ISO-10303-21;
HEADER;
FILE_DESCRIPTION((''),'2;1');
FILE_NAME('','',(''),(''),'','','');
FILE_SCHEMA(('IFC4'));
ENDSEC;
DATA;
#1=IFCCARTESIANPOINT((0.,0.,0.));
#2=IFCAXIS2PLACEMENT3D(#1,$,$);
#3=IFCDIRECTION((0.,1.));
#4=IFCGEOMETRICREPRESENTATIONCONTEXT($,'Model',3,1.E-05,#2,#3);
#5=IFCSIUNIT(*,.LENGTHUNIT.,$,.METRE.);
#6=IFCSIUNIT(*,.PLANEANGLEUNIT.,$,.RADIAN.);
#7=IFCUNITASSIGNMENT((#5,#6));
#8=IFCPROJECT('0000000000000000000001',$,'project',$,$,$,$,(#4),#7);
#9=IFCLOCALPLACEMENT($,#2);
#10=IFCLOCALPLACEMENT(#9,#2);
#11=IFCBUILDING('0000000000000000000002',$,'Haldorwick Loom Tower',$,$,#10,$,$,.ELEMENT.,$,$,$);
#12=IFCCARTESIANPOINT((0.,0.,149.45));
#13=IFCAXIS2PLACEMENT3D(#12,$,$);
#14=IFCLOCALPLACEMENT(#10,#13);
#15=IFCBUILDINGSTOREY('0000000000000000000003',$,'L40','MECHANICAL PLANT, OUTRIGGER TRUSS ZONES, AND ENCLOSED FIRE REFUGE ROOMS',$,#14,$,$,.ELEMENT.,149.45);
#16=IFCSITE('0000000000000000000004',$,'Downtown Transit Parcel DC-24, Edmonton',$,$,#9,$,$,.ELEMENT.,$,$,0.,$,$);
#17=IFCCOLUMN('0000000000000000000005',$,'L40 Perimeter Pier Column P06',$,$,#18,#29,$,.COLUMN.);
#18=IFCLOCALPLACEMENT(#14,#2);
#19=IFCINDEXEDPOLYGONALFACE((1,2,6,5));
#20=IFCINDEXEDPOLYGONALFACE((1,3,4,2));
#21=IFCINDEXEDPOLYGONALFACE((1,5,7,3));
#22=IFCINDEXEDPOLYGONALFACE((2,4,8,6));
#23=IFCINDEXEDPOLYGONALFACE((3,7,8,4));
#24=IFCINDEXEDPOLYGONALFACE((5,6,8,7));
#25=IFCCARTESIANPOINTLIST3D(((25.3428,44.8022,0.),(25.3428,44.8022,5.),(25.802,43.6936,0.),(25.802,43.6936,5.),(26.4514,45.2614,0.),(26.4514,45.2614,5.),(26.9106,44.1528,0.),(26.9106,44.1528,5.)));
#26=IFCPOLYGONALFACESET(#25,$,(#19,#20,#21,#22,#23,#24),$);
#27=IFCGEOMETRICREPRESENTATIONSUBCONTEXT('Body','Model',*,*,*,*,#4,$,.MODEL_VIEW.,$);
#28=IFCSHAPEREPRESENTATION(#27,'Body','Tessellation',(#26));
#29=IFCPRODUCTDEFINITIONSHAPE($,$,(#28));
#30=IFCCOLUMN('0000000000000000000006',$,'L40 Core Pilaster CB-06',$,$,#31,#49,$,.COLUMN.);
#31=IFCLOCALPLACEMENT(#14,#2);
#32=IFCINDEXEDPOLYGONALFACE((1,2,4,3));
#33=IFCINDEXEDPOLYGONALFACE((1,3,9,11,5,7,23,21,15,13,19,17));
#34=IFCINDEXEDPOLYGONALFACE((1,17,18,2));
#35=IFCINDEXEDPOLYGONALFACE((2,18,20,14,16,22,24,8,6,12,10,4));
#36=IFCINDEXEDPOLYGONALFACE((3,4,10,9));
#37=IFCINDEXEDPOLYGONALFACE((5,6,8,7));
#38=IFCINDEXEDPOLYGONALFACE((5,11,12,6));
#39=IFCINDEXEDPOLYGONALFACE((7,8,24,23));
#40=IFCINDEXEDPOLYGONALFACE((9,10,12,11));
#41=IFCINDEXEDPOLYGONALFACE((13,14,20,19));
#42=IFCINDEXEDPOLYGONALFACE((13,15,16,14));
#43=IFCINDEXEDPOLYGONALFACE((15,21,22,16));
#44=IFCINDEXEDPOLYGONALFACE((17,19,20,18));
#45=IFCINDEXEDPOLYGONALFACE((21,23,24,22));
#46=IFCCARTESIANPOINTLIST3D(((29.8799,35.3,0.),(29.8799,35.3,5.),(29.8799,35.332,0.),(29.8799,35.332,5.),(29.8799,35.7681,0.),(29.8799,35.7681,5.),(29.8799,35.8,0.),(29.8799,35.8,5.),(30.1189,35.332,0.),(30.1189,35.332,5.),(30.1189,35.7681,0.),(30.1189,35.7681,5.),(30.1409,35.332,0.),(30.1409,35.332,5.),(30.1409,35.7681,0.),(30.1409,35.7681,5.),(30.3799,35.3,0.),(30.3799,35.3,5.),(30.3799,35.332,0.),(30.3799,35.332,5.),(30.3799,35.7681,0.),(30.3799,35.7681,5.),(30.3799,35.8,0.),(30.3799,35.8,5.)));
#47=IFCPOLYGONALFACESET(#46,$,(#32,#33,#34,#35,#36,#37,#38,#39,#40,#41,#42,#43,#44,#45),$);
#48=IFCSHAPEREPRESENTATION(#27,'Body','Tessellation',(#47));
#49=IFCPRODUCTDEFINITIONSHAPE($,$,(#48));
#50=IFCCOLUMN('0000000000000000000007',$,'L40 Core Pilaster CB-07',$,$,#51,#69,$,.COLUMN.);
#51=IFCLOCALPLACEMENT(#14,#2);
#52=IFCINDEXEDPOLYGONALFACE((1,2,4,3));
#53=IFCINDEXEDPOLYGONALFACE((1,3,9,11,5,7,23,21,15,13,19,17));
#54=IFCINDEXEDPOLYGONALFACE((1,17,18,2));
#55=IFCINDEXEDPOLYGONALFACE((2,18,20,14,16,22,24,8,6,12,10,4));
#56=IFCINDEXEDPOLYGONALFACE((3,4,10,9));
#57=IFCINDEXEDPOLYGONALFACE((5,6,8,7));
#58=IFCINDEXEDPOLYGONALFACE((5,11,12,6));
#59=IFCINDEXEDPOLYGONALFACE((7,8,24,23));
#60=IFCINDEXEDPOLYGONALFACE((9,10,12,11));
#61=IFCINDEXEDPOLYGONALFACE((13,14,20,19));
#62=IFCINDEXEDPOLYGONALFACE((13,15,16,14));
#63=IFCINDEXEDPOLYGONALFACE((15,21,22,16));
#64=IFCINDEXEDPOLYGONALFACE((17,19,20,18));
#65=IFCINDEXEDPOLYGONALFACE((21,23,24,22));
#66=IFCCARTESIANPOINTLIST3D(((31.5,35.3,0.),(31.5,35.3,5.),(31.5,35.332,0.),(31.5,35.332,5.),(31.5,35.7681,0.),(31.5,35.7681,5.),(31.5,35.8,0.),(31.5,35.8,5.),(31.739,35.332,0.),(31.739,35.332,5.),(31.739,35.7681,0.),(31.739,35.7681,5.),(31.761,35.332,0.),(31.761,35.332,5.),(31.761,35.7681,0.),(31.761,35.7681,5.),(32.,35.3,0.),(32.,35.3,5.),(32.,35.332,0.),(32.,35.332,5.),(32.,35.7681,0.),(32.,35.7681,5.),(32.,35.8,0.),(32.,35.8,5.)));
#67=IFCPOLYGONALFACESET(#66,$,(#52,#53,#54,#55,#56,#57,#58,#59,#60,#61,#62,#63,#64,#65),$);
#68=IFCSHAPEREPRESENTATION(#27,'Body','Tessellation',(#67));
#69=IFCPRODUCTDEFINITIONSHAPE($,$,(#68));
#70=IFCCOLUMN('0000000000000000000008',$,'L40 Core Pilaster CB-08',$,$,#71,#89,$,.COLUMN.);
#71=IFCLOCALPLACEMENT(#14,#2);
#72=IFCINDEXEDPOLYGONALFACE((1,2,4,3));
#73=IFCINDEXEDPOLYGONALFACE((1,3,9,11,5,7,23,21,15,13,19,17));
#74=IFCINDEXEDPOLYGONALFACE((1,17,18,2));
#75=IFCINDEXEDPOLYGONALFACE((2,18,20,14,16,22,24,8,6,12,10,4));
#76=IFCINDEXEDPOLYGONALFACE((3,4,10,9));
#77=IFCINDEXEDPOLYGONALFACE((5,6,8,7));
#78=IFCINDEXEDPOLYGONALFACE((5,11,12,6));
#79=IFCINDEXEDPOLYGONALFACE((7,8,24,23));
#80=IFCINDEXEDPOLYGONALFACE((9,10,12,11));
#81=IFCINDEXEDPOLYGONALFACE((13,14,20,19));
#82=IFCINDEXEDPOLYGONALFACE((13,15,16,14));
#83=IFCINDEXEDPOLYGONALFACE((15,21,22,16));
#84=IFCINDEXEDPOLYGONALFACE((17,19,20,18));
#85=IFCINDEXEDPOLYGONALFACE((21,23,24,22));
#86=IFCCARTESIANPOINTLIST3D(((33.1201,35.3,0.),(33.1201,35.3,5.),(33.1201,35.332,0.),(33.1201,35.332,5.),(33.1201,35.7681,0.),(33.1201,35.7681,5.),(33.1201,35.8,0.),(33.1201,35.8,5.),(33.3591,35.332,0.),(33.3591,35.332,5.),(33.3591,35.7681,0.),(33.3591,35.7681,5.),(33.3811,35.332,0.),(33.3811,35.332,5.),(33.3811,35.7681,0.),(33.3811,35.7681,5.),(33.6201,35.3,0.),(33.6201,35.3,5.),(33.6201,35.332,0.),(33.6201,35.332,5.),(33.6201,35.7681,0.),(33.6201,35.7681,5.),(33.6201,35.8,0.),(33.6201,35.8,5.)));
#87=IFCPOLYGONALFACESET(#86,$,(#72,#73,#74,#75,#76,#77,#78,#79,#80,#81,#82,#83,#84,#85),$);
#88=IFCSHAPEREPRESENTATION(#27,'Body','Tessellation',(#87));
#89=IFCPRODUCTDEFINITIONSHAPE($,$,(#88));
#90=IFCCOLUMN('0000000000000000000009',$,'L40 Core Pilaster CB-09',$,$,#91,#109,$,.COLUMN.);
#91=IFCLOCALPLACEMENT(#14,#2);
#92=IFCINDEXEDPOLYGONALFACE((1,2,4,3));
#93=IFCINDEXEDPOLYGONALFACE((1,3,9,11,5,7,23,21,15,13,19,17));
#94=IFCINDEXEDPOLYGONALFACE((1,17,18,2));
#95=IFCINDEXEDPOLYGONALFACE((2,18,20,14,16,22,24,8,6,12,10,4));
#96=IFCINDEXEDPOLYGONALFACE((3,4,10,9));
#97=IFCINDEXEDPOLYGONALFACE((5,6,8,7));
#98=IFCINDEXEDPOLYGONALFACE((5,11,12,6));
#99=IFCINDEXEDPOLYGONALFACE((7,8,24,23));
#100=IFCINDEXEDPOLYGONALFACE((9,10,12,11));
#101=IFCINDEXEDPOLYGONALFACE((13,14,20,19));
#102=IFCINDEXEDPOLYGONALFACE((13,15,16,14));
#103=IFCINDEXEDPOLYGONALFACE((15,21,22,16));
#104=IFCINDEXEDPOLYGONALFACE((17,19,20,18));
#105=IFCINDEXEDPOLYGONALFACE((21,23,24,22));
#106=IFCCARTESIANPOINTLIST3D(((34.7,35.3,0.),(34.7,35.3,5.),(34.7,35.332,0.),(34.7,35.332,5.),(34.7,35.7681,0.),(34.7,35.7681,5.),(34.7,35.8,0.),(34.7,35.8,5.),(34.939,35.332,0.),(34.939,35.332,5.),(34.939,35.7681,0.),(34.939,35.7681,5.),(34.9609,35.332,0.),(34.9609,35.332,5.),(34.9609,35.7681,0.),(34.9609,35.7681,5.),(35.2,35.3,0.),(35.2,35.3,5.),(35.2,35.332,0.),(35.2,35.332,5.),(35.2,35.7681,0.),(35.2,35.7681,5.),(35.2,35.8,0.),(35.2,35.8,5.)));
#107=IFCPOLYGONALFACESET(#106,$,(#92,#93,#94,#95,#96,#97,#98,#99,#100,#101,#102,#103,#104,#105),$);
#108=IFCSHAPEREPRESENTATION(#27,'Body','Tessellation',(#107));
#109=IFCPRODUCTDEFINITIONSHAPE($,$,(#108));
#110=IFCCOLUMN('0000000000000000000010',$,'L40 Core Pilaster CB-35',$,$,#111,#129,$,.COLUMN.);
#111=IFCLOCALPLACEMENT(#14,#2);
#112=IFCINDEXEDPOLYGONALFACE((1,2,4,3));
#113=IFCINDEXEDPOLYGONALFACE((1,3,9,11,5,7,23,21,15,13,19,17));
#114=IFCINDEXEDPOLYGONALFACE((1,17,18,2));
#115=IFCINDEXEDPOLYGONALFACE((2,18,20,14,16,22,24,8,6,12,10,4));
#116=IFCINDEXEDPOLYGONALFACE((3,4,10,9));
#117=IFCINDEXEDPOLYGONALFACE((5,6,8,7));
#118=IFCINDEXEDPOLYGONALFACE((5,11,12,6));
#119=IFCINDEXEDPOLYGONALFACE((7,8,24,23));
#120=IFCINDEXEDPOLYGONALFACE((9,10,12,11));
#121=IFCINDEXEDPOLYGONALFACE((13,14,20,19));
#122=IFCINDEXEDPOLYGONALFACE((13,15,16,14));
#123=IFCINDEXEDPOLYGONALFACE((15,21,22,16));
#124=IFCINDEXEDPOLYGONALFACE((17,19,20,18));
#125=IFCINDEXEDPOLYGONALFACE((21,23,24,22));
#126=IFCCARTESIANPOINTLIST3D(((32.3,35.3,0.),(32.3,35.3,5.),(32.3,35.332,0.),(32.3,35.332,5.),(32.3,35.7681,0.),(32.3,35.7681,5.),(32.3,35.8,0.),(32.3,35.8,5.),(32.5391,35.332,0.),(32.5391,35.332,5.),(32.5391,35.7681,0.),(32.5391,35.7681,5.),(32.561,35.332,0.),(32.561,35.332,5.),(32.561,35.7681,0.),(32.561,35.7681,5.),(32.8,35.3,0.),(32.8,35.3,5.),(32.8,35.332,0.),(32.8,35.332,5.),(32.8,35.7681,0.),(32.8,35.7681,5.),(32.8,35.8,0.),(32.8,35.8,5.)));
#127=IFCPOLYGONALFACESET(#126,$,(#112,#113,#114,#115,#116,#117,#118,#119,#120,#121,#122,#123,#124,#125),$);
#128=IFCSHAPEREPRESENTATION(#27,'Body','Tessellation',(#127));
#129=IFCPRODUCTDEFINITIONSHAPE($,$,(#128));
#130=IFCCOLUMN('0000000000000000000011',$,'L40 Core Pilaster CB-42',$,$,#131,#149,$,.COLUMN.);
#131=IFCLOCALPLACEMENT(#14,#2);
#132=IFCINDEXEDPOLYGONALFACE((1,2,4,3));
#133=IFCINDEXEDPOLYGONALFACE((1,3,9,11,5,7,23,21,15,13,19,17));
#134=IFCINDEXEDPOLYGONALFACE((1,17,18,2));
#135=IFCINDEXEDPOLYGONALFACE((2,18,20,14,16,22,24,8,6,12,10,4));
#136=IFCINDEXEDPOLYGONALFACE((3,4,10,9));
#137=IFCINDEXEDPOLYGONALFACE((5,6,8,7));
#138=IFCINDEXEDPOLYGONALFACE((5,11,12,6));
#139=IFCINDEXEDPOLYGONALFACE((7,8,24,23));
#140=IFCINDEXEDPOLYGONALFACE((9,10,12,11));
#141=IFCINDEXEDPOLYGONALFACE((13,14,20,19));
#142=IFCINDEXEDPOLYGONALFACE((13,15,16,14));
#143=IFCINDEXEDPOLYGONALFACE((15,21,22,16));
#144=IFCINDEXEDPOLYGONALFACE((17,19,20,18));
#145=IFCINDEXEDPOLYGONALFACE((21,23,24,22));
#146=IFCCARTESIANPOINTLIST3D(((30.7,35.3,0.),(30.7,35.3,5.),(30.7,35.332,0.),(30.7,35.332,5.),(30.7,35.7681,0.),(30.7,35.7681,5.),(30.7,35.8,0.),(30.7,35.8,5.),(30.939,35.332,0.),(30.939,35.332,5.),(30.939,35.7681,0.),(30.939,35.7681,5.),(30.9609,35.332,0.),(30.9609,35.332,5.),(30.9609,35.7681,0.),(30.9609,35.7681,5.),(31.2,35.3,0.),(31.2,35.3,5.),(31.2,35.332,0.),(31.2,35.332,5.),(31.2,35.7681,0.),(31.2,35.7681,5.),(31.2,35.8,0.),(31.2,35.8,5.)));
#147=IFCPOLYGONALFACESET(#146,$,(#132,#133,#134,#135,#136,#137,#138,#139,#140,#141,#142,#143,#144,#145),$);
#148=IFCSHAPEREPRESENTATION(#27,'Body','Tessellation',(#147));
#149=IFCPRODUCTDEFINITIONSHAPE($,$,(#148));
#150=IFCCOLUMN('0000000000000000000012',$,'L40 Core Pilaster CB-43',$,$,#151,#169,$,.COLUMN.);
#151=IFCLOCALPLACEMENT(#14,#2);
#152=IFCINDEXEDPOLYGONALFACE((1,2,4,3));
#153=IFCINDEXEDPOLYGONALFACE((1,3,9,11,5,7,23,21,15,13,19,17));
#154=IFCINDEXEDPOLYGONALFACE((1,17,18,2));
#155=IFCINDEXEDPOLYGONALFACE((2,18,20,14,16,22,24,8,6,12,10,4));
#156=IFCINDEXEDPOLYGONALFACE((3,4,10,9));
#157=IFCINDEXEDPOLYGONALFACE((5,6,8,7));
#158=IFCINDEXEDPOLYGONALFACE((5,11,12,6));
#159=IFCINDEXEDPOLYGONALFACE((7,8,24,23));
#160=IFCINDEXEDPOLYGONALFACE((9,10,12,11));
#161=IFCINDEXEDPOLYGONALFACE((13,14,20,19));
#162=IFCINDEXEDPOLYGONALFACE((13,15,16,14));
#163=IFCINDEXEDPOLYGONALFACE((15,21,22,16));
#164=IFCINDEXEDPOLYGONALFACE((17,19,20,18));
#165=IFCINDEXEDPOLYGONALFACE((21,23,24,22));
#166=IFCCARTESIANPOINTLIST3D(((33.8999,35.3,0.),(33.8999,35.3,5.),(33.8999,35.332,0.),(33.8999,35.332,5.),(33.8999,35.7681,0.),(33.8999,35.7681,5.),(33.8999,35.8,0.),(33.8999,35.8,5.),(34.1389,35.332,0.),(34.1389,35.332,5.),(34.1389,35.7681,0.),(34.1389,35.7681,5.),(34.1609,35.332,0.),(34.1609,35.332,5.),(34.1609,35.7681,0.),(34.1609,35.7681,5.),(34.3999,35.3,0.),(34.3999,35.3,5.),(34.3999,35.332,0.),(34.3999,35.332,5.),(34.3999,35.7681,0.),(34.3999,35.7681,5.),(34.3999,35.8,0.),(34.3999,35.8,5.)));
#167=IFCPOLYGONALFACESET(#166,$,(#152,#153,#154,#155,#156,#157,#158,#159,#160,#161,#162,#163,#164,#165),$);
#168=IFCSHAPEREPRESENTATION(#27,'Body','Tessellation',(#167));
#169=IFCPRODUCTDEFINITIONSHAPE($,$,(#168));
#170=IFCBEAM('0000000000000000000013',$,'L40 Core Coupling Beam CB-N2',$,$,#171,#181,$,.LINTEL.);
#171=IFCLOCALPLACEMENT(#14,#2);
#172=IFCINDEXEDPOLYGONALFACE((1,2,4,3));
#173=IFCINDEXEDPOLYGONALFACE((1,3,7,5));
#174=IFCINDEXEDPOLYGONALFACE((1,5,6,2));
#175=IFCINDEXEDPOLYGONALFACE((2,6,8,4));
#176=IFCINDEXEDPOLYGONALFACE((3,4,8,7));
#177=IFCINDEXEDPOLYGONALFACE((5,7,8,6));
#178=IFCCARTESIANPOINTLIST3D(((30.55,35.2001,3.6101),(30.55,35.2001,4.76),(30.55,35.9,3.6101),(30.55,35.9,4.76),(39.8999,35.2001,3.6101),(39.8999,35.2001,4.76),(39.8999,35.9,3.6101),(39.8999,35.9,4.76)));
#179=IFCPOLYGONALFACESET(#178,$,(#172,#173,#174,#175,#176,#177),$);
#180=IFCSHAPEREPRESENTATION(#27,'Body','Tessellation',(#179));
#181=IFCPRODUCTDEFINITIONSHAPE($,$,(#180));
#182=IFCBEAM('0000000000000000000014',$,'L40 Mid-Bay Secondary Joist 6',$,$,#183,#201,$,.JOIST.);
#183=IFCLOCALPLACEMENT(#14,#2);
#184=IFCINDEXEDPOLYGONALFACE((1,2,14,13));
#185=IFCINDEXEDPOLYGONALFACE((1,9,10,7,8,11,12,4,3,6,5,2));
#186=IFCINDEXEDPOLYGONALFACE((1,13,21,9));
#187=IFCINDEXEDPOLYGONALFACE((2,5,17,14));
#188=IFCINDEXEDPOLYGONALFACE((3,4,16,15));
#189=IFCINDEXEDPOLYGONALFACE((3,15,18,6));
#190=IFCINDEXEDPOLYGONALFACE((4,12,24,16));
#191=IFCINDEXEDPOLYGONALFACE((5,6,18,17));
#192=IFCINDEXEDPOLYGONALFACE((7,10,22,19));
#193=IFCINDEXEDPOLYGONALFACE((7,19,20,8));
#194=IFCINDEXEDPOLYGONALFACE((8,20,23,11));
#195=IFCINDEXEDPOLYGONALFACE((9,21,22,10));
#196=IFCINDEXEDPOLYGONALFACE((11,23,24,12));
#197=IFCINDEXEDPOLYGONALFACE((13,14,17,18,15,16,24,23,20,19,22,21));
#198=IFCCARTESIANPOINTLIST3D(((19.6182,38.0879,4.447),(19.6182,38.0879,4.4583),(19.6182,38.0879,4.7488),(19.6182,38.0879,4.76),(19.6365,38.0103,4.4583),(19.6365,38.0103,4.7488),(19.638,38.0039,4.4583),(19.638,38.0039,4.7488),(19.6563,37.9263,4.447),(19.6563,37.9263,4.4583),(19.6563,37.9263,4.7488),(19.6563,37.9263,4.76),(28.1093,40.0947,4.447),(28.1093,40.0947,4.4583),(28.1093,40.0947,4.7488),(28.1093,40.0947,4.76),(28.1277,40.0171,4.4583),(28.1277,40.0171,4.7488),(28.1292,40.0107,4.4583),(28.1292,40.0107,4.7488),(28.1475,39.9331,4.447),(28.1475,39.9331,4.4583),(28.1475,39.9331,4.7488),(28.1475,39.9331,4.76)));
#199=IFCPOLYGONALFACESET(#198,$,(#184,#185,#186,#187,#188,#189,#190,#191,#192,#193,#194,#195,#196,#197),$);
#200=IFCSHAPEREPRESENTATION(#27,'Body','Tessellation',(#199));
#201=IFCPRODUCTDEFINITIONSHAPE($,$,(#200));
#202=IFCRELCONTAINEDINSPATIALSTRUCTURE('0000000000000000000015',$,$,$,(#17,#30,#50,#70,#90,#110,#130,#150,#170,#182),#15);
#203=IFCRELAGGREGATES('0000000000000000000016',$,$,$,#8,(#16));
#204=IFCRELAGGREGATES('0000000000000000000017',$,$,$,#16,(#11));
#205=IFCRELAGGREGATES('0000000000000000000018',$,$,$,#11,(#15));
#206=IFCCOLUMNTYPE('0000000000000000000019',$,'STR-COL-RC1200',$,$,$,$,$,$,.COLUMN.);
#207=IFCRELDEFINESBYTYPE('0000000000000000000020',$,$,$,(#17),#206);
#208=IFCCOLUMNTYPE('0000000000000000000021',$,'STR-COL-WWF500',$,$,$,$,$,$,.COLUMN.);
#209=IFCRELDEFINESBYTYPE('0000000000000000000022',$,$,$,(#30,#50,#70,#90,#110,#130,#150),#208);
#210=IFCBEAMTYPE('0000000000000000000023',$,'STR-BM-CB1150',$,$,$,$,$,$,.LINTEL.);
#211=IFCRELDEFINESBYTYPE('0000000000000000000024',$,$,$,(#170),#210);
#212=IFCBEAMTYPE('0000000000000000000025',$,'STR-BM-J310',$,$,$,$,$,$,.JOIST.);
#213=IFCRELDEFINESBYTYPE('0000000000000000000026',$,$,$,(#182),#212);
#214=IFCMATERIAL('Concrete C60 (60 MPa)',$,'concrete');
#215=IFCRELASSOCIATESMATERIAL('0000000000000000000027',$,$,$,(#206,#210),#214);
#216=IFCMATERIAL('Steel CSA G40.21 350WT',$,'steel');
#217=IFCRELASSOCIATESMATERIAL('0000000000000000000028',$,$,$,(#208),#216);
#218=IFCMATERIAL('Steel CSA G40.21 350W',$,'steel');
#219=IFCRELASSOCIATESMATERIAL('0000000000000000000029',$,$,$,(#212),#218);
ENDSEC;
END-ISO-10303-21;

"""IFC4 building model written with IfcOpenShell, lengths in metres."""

from ifc_helpers import new_model, si_unit, direction, frame, origin, origin_2d, place, context, subcontext, project, spatial, rectangle, i_section, extrude, material, material_profile, profile_set, type_object, element, save


model = new_model("IFC4")

# Units and contexts
model_context = context("Model", 3, precision=1e-05, world=origin(), true_north=direction((0.0, 1.0)))
body_context = subcontext(model_context, "Body", "Model", "MODEL_VIEW")
ifc_project = project(units=[si_unit("LENGTHUNIT", "METRE"), si_unit("PLANEANGLEUNIT", "RADIAN")], contexts=[model_context])

# Site, building, storey
site_placement = place(None, origin())
site = spatial("IfcSite", under=ifc_project, at=site_placement, Name="Downtown Transit Parcel DC-24, Edmonton", CompositionType="ELEMENT", RefElevation=0.0)
building_placement = place(site_placement, origin())
building = spatial("IfcBuilding", under=site, at=building_placement, Name="Haldorwick Loom Tower", CompositionType="ELEMENT")
storey_placement = place(building_placement, frame((0.0, 0.0, 149.45)))
storey = spatial("IfcBuildingStorey", under=building, at=storey_placement, Name="L40", Description="MECHANICAL PLANT, OUTRIGGER TRUSS ZONES, AND ENCLOSED FIRE REFUGE ROOMS", CompositionType="ELEMENT", Elevation=149.45)

# Columns
ifc_material_1 = material(Name="Concrete C60 (60 MPa)", Category="concrete")
ifc_material_profile_1 = material_profile(ifc_material_1, rectangle(XDim=1.2, YDim=1.2, at=origin_2d()), Name="RC1200X1200", Category="concrete")
ifc_profile_set_1 = profile_set([ifc_material_profile_1], Name="Concrete C60 (60 MPa)")
column_type_1 = type_object("IfcColumnType", Name="STR-COL-RC1200", PredefinedType="COLUMN", material=ifc_profile_set_1)
column_placement = place(storey_placement, frame((26.1267, 44.4775, 0.0), z_axis=(0.0, 0.0, 1.0), x_axis=(-0.382683, 0.92388, 0.0)))
element("IfcColumn", 1, at=column_placement, inside=storey, type_object=column_type_1, Name="L40 Perimeter Pier Column P06", PredefinedType="COLUMN", context=body_context, shape_type="SweptSolid", body=[
    extrude(rectangle(XDim=1.2, YDim=1.2, at=origin_2d()), origin(), (0.0, 0.0, 1.0), 5.0),
])
ifc_material_2 = material(Name="Steel CSA G40.21 350WT", Category="steel")
ifc_material_profile_2 = material_profile(ifc_material_2, i_section(OverallWidth=0.5, OverallDepth=0.5, WebThickness=0.022, FlangeThickness=0.032, at=origin_2d()), Name="WWF500X500", Category="steel")
ifc_profile_set_2 = profile_set([ifc_material_profile_2], Name="Steel CSA G40.21 350WT")
column_type_2 = type_object("IfcColumnType", Name="STR-COL-WWF500", PredefinedType="COLUMN", material=ifc_profile_set_2)
for number, where, z_axis, x_axis, name in (
    (2, (30.1299, 35.55, 0.0), (0.0, 0.0, 1.0), (1.0, 0.0, 0.0), "L40 Core Pilaster CB-06"),
    (3, (31.75, 35.55, 0.0), (0.0, 0.0, 1.0), (1.0, 0.0, 0.0), "L40 Core Pilaster CB-07"),
    (4, (33.3701, 35.55, 0.0), (0.0, 0.0, 1.0), (1.0, 0.0, 0.0), "L40 Core Pilaster CB-08"),
    (5, (34.95, 35.55, 0.0), (0.0, 0.0, 1.0), (1.0, 0.0, 0.0), "L40 Core Pilaster CB-09"),
    (6, (32.55, 35.55, 0.0), (0.0, 0.0, 1.0), (1.0, 0.0, 0.0), "L40 Core Pilaster CB-35"),
    (7, (30.95, 35.55, 0.0), (0.0, 0.0, 1.0), (1.0, 0.0, 0.0), "L40 Core Pilaster CB-42"),
    (8, (34.1499, 35.55, 0.0), (0.0, 0.0, 1.0), (1.0, 0.0, 0.0), "L40 Core Pilaster CB-43"),
):
    element("IfcColumn", number, at=place(storey_placement, frame(where, z_axis=z_axis, x_axis=x_axis)), inside=storey, type_object=column_type_2, Name=name, PredefinedType="COLUMN", context=body_context, shape_type="SweptSolid", body=[
        extrude(i_section(OverallWidth=0.5, OverallDepth=0.5, WebThickness=0.022, FlangeThickness=0.032, at=origin_2d()), origin(), (0.0, 0.0, 1.0), 5.0),
    ])

# Beams
ifc_material_profile_3 = material_profile(ifc_material_1, rectangle(XDim=0.7, YDim=1.1499, at=origin_2d()), Name="RC700X1150", Category="concrete")
ifc_profile_set_3 = profile_set([ifc_material_profile_3], Name="Concrete C60 (60 MPa)")
beam_type_1 = type_object("IfcBeamType", Name="STR-BM-CB1150", PredefinedType="LINTEL", material=ifc_profile_set_3)
beam_1_placement = place(storey_placement, frame((30.55, 35.55, 4.1851), z_axis=(1.0, 0.0, 0.0), x_axis=(0.0, 1.0, 0.0)))
element("IfcBeam", 9, at=beam_1_placement, inside=storey, type_object=beam_type_1, Name="L40 Core Coupling Beam CB-N2", PredefinedType="LINTEL", context=body_context, shape_type="SweptSolid", body=[
    extrude(rectangle(XDim=0.7, YDim=1.1499, at=origin_2d()), origin(), (0.0, 0.0, 1.0), 9.3499),
])
ifc_material_3 = material(Name="Steel CSA G40.21 350W", Category="steel")
ifc_material_profile_4 = material_profile(ifc_material_3, i_section(OverallWidth=0.166, OverallDepth=0.313, WebThickness=0.0066, FlangeThickness=0.0112, at=origin_2d()), Name="W310X45", Category="steel")
ifc_profile_set_4 = profile_set([ifc_material_profile_4], Name="Steel CSA G40.21 350W")
beam_type_2 = type_object("IfcBeamType", Name="STR-BM-J310", PredefinedType="JOIST", material=ifc_profile_set_4)
beam_2_placement = place(storey_placement, frame((28.1284, 40.0139, 4.6035), z_axis=(-0.973189, -0.230006, 0.0), x_axis=(0.230006, -0.973189, 0.0)))
element("IfcBeam", 10, at=beam_2_placement, inside=storey, type_object=beam_type_2, Name="L40 Mid-Bay Secondary Joist 6", PredefinedType="JOIST", context=body_context, shape_type="SweptSolid", body=[
    extrude(i_section(OverallWidth=0.166, OverallDepth=0.313, WebThickness=0.0066, FlangeThickness=0.0112, at=origin_2d()), origin(), (0.0, 0.0, 1.0), 8.7251),
])

save(model, "model.ifc")
